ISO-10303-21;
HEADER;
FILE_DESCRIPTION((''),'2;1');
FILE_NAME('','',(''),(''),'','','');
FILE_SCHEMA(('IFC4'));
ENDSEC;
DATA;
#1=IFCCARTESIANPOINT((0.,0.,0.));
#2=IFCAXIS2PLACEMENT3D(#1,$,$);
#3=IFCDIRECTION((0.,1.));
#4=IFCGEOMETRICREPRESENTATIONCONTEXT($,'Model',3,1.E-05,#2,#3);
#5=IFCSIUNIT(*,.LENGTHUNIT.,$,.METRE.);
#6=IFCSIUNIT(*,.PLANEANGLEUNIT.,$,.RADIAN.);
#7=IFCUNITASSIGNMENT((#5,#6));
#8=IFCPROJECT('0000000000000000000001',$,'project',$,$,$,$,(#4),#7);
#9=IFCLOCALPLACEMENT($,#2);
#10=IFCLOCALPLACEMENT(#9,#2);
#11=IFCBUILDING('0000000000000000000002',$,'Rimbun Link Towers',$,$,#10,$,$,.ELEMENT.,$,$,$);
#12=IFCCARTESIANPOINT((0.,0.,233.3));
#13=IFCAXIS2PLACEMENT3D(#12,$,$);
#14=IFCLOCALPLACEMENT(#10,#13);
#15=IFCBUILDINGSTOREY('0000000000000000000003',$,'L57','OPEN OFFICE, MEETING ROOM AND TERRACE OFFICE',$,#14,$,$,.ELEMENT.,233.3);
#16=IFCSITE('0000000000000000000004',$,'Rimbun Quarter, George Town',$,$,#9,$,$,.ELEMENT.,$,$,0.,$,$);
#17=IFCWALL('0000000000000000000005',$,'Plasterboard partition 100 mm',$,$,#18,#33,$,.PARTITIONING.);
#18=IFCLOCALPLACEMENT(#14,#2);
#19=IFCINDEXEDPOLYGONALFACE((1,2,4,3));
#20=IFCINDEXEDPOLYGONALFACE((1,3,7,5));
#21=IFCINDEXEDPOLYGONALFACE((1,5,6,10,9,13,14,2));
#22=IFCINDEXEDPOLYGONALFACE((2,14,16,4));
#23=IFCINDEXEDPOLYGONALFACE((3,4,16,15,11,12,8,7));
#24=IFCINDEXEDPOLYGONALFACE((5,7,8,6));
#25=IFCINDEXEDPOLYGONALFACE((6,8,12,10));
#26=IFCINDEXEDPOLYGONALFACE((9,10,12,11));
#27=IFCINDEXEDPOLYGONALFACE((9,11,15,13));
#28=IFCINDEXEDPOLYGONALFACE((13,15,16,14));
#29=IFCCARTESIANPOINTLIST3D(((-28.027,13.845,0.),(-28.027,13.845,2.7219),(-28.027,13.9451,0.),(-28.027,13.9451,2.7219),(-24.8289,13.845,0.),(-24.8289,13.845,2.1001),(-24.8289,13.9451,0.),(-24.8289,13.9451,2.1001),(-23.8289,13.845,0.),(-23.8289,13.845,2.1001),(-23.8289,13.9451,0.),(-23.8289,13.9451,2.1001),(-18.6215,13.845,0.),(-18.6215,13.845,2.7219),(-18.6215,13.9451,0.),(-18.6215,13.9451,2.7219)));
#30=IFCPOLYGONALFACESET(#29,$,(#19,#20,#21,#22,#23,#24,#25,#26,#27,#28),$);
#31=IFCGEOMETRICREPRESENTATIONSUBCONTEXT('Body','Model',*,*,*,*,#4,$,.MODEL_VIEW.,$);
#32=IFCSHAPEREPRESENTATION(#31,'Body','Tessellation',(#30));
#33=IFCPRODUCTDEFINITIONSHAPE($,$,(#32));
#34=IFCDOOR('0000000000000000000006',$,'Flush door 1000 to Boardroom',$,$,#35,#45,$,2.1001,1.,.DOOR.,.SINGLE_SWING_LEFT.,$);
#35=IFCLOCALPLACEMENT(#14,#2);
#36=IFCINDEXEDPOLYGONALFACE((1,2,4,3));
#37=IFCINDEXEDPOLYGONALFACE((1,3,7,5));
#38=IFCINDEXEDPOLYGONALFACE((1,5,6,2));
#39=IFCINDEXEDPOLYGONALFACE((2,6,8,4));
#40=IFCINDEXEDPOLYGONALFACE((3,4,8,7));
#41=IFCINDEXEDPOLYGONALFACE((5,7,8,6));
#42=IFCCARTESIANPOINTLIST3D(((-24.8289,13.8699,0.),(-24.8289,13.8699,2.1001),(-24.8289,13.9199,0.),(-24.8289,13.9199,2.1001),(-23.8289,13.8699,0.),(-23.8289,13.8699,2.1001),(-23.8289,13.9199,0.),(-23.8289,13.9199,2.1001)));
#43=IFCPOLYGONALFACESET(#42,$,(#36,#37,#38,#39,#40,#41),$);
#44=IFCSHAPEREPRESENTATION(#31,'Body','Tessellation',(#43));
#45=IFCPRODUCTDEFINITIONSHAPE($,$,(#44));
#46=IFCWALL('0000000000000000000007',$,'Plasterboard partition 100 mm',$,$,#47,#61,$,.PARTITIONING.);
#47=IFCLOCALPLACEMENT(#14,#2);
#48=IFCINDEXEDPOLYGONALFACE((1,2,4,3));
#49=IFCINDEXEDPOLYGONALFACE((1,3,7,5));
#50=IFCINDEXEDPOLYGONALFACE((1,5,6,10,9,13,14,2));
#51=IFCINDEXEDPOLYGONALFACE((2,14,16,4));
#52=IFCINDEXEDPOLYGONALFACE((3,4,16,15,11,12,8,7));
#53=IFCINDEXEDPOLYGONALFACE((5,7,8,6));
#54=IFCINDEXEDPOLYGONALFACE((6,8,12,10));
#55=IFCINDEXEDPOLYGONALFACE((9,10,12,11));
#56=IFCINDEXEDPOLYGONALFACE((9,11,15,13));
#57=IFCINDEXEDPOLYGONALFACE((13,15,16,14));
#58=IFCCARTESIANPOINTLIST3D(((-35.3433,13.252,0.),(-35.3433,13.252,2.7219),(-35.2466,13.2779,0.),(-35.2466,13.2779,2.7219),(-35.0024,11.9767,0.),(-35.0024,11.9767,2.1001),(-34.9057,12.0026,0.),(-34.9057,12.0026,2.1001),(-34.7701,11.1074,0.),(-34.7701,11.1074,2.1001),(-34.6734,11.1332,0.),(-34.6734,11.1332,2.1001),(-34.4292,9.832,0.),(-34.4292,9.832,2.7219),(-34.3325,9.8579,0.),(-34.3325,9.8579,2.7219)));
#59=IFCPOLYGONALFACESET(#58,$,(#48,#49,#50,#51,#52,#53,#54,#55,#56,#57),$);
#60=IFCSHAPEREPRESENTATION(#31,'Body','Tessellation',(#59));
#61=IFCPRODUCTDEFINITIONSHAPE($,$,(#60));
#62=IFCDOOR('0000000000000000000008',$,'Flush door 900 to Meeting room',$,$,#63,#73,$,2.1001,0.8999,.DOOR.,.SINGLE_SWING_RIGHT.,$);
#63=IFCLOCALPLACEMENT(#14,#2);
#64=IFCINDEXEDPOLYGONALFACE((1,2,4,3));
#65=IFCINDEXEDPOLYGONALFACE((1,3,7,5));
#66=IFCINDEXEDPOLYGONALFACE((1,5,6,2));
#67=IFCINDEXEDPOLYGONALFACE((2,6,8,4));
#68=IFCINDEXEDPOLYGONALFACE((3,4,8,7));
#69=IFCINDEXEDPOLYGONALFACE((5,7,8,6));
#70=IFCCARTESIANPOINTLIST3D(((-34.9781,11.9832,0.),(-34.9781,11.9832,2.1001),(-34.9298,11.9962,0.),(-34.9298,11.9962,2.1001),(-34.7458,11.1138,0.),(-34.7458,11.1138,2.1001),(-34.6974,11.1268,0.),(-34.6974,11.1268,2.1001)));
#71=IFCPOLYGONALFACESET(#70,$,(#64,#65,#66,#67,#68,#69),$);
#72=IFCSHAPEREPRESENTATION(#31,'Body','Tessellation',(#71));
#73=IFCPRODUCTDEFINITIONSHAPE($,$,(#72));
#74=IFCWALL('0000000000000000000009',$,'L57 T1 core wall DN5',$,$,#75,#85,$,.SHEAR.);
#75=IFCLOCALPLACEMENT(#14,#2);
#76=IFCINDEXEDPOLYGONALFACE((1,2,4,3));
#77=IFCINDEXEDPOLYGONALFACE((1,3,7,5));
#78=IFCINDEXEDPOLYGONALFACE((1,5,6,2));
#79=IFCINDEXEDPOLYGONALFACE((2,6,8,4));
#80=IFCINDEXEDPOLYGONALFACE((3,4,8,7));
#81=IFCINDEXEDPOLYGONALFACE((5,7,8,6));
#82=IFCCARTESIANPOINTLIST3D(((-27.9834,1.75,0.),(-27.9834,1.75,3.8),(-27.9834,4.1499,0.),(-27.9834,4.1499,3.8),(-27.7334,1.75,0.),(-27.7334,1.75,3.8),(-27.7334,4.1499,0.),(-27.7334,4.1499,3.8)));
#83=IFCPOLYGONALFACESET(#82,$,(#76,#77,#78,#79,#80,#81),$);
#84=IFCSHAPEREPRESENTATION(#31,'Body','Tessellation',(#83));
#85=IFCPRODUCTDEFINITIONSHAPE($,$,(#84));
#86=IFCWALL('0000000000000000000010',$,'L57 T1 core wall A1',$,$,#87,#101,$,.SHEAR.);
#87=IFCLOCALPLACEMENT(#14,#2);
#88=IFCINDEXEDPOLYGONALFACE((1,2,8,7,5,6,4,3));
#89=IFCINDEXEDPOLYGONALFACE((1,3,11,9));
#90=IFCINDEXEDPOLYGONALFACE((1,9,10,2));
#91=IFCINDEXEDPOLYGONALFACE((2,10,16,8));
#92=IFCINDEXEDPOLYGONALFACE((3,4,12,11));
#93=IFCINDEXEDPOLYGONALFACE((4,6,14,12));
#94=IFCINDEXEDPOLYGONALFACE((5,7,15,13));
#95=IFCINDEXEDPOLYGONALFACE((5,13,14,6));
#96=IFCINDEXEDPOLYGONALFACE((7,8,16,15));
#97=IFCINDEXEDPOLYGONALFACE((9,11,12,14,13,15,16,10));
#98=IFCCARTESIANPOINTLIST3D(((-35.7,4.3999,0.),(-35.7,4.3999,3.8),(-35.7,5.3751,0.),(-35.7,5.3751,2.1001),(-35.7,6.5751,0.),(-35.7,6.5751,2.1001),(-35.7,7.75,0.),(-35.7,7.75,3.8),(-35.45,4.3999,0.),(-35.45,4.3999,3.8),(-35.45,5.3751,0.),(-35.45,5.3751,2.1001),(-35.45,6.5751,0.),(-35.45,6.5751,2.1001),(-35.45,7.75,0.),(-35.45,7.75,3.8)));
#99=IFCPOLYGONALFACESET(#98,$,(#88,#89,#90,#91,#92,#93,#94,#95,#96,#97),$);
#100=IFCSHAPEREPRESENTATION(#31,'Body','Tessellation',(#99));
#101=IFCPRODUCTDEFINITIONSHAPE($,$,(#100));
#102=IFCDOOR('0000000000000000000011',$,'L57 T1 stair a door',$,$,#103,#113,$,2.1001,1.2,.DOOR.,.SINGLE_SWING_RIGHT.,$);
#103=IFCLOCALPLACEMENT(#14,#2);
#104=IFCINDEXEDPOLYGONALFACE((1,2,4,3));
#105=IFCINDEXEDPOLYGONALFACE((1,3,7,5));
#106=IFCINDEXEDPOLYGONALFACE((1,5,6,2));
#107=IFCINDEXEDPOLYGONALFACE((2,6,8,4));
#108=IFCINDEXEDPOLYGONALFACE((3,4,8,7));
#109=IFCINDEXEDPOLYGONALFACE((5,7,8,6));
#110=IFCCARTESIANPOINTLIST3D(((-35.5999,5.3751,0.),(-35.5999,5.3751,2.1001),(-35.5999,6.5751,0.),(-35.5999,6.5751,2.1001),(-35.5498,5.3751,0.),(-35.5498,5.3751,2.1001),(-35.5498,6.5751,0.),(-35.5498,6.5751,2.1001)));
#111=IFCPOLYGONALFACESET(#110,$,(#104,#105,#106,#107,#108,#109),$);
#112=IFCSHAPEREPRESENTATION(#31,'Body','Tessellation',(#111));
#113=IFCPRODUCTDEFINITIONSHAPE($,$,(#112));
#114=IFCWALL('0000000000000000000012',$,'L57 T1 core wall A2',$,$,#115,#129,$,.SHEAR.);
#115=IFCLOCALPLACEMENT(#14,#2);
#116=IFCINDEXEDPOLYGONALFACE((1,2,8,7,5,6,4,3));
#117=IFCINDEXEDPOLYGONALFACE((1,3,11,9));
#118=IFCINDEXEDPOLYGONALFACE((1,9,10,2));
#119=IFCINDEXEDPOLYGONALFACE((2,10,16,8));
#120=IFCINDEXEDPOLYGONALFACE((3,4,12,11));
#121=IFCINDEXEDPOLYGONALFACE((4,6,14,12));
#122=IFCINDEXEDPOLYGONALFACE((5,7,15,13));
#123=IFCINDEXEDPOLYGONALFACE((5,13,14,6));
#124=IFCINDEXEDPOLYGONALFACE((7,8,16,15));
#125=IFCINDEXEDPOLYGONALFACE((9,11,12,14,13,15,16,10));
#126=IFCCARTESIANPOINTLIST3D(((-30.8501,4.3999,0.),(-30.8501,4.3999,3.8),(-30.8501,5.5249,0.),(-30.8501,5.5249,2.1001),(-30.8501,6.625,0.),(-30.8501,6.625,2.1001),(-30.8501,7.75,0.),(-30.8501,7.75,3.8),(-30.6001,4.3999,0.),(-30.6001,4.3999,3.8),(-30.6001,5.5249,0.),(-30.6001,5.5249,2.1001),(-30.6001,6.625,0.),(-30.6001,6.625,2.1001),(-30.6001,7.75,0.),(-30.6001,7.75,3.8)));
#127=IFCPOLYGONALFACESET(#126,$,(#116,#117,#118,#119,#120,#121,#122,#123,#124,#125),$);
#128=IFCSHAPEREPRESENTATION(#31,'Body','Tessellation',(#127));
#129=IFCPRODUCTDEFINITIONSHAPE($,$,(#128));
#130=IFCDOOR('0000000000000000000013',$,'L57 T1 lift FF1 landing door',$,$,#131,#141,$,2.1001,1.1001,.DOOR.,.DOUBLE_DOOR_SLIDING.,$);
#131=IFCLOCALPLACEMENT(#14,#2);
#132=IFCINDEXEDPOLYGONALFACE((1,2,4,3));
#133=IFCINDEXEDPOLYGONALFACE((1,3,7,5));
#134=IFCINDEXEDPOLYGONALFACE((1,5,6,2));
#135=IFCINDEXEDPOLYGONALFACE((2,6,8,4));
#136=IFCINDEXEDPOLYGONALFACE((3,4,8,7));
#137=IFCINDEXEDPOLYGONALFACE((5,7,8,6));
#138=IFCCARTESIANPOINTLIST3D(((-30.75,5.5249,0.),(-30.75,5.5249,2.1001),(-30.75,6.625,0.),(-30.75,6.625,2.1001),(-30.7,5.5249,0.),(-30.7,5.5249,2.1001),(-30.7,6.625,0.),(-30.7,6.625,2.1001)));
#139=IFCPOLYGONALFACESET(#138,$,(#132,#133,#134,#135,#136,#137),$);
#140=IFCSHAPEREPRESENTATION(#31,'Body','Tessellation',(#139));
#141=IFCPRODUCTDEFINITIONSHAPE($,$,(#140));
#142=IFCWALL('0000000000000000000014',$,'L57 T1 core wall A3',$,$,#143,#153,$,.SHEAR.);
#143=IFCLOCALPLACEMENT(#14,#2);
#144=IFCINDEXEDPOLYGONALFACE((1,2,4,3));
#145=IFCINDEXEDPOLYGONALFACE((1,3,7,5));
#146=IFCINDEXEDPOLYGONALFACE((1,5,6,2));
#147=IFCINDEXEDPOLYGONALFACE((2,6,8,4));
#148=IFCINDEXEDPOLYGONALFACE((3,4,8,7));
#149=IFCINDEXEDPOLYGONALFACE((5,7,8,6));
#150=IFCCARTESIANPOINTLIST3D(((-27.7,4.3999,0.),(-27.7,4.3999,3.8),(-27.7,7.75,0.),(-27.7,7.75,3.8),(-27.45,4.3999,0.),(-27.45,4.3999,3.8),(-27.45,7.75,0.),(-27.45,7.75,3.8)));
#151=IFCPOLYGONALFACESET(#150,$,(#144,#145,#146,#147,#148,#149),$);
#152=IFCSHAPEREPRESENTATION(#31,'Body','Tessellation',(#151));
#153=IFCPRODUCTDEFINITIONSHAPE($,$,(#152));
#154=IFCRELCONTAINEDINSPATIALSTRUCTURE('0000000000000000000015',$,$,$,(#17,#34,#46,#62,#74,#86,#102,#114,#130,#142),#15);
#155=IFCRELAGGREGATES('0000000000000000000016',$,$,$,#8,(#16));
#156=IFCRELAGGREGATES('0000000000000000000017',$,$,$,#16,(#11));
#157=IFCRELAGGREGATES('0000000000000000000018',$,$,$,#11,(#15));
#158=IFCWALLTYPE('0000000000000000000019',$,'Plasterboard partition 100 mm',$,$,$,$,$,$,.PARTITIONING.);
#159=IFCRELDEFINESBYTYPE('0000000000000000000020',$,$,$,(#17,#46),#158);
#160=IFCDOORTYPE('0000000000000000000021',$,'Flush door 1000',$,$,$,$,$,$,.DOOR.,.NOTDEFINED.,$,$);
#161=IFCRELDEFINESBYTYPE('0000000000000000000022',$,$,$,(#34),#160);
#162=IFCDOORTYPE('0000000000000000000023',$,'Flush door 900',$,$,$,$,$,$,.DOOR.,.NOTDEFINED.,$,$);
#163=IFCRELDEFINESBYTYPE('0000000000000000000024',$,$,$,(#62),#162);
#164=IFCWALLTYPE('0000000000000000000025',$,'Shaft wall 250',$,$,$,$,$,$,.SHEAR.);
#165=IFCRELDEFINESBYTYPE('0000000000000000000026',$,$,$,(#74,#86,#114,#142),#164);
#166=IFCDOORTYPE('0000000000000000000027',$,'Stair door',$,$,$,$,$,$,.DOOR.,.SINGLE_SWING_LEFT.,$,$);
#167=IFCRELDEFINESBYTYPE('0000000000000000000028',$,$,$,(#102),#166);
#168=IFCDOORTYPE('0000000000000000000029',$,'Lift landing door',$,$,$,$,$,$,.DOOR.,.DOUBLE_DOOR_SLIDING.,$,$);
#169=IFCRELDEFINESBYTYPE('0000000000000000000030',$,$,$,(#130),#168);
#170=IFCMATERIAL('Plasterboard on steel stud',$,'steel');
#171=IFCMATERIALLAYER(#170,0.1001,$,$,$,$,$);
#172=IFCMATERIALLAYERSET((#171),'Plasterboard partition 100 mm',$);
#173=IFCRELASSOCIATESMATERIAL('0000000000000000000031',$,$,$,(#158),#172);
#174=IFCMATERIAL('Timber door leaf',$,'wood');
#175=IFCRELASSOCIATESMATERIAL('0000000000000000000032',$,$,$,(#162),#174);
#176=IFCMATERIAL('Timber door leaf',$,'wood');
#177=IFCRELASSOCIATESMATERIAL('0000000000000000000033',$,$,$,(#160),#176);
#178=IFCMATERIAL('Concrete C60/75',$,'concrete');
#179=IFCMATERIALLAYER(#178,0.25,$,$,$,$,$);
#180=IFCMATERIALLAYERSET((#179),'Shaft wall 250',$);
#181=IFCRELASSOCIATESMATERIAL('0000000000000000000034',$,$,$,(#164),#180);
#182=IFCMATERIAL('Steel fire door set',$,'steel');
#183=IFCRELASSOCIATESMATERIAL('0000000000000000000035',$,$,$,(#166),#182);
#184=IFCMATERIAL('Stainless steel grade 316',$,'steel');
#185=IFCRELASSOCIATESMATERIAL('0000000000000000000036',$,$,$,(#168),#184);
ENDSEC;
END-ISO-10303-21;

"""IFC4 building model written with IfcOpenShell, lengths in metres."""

from ifc_helpers import new_model, si_unit, direction, frame, frame_2d, origin, place, context, subcontext, project, spatial, rectangle, extrude, material, layer, layer_set, type_object, element, fill, save


model = new_model("IFC4")

# Units and contexts
model_context = context("Model", 3, precision=1e-05, world=origin(), true_north=direction((0.0, 1.0)))
body_context = subcontext(model_context, "Body", "Model", "MODEL_VIEW")
ifc_project = project(units=[si_unit("LENGTHUNIT", "METRE"), si_unit("PLANEANGLEUNIT", "RADIAN")], contexts=[model_context])

# Site, building, storey
site_placement = place(None, origin())
site = spatial("IfcSite", under=ifc_project, at=site_placement, Name="Rimbun Quarter, George Town", CompositionType="ELEMENT", RefElevation=0.0)
building_placement = place(site_placement, origin())
building = spatial("IfcBuilding", under=site, at=building_placement, Name="Rimbun Link Towers", CompositionType="ELEMENT")
storey_placement = place(building_placement, frame((0.0, 0.0, 233.3)))
storey = spatial("IfcBuildingStorey", under=building, at=storey_placement, Name="L57", Description="OPEN OFFICE, MEETING ROOM AND TERRACE OFFICE", CompositionType="ELEMENT", Elevation=233.3)

# Walls, openings, doors
ifc_material_1 = material(Name="Plasterboard on steel stud", Category="steel")
ifc_layer_1 = layer(ifc_material_1, 0.1001)
ifc_layer_set_1 = layer_set([ifc_layer_1], Name="Plasterboard partition 100 mm")
wall_type_1 = type_object("IfcWallType", Name="Plasterboard partition 100 mm", PredefinedType="PARTITIONING", material=ifc_layer_set_1)
ifc_material_2 = material(Name="Timber door leaf", Category="wood")
door_type_1 = type_object("IfcDoorType", Name="Flush door 900", OperationType="NOTDEFINED", PredefinedType="DOOR", material=ifc_material_2)
wall_1_placement = place(storey_placement, frame((-28.0269, 13.895, 0.0), z_axis=(0.0, 0.0, 1.0), x_axis=(1.0, 0.0, 0.0)))
wall_1 = element("IfcWall", 1, at=wall_1_placement, inside=storey, type_object=wall_type_1, Name="Plasterboard partition 100 mm", PredefinedType="PARTITIONING", context=body_context, shape_type="SweptSolid", body=[
    extrude(rectangle(XDim=9.4055, YDim=0.1001, at=frame_2d((4.7026, 0.0))), origin(), (0.0, 0.0, 1.0), 2.7219),
])
opening_1_placement = place(wall_1_placement, frame((3.198, 0.0, 0.0)))
opening_1 = element("IfcOpeningElement", 2, at=opening_1_placement, cuts=wall_1, PredefinedType="OPENING", context=body_context, shape_type="SweptSolid", body=[
    extrude(rectangle(XDim=1.0, YDim=2.1001, at=frame_2d((0.5, 1.05))), frame((0.0, 0.0601, 0.0), z_axis=(0.0, -1.0, 0.0), x_axis=(1.0, 0.0, 0.0)), (0.0, 0.0, 1.0), 0.1201),
])
ifc_material_3 = material(Name="Timber door leaf", Category="wood")
door_type_2 = type_object("IfcDoorType", Name="Flush door 1000", OperationType="NOTDEFINED", PredefinedType="DOOR", material=ifc_material_3)
door_1_placement = place(opening_1_placement, origin())
door_1 = element("IfcDoor", 3, at=door_1_placement, inside=storey, type_object=door_type_2, Name="Flush door 1000 to Boardroom", OperationType="SINGLE_SWING_LEFT", OverallHeight=2.1001, OverallWidth=1.0, PredefinedType="DOOR", context=body_context, shape_type="SweptSolid", body=[
    extrude(rectangle(XDim=1.0, YDim=2.1001, at=frame_2d((0.5, 1.05))), frame((0.0, 0.0249, 0.0), z_axis=(0.0, -1.0, 0.0), x_axis=(1.0, 0.0, 0.0)), (0.0, 0.0, 1.0), 0.05),
])
fill(opening_1, door_1)
wall_2_placement = place(storey_placement, frame((-34.3809, 9.845, 0.0), z_axis=(0.0, 0.0, 1.0), x_axis=(-0.258212, 0.966088, 0.0)))
wall_2 = element("IfcWall", 4, at=wall_2_placement, inside=storey, type_object=wall_type_1, Name="Plasterboard partition 100 mm", PredefinedType="PARTITIONING", context=body_context, shape_type="SweptSolid", body=[
    extrude(rectangle(XDim=3.54, YDim=0.1001, at=frame_2d((1.77, 0.0))), origin(), (0.0, 0.0, 1.0), 2.7219),
])
opening_2_placement = place(wall_2_placement, frame((1.3201, 0.0, 0.0)))
opening_2 = element("IfcOpeningElement", 5, at=opening_2_placement, cuts=wall_2, PredefinedType="OPENING", context=body_context, shape_type="SweptSolid", body=[
    extrude(rectangle(XDim=0.8999, YDim=2.1001, at=frame_2d((0.45, 1.05))), frame((0.0, 0.0601, 0.0), z_axis=(0.0, -1.0, 0.0), x_axis=(1.0, 0.0, 0.0)), (0.0, 0.0, 1.0), 0.1201),
])
door_2_placement = place(opening_2_placement, origin())
door_2 = element("IfcDoor", 6, at=door_2_placement, inside=storey, type_object=door_type_1, Name="Flush door 900 to Meeting room", OperationType="SINGLE_SWING_RIGHT", OverallHeight=2.1001, OverallWidth=0.8999, PredefinedType="DOOR", context=body_context, shape_type="SweptSolid", body=[
    extrude(rectangle(XDim=0.8999, YDim=2.1001, at=frame_2d((0.45, 1.05))), frame((0.0, 0.0249, 0.0), z_axis=(0.0, -1.0, 0.0), x_axis=(1.0, 0.0, 0.0)), (0.0, 0.0, 1.0), 0.05),
])
fill(opening_2, door_2)

# Wall
ifc_material_4 = material(Name="Concrete C60/75", Category="concrete")
ifc_layer_2 = layer(ifc_material_4, 0.25)
ifc_layer_set_2 = layer_set([ifc_layer_2], Name="Shaft wall 250")
wall_type_2 = type_object("IfcWallType", Name="Shaft wall 250", PredefinedType="SHEAR", material=ifc_layer_set_2)
wall_3_placement = place(storey_placement, frame((-27.8584, 1.75, 0.0), z_axis=(0.0, 0.0, 1.0), x_axis=(0.0, 1.0, 0.0)))
element("IfcWall", 7, at=wall_3_placement, inside=storey, type_object=wall_type_2, Name="L57 T1 core wall DN5", PredefinedType="SHEAR", context=body_context, shape_type="SweptSolid", body=[
    extrude(rectangle(XDim=2.3999, YDim=0.25, at=frame_2d((1.2, 0.0))), origin(), (0.0, 0.0, 1.0), 3.8),
])

# Walls, openings, doors
wall_4_placement = place(storey_placement, frame((-35.575, 4.3999, 0.0), z_axis=(0.0, 0.0, 1.0), x_axis=(0.0, 1.0, 0.0)))
wall_4 = element("IfcWall", 8, at=wall_4_placement, inside=storey, type_object=wall_type_2, Name="L57 T1 core wall A1", PredefinedType="SHEAR", context=body_context, shape_type="SweptSolid", body=[
    extrude(rectangle(XDim=3.3501, YDim=0.25, at=frame_2d((1.675, 0.0))), origin(), (0.0, 0.0, 1.0), 3.8),
])
opening_3_placement = place(wall_4_placement, frame((0.9751, 0.0, 0.0)))
opening_3 = element("IfcOpeningElement", 9, at=opening_3_placement, cuts=wall_4, PredefinedType="OPENING", context=body_context, shape_type="SweptSolid", body=[
    extrude(rectangle(XDim=1.2, YDim=2.1001, at=frame_2d((0.6001, 1.05))), frame((0.0, 0.135, 0.0), z_axis=(0.0, -1.0, 0.0), x_axis=(1.0, 0.0, 0.0)), (0.0, 0.0, 1.0), 0.27),
])
ifc_material_5 = material(Name="Steel fire door set", Category="steel")
door_type_3 = type_object("IfcDoorType", Name="Stair door", OperationType="SINGLE_SWING_LEFT", PredefinedType="DOOR", material=ifc_material_5)
door_3_placement = place(opening_3_placement, origin())
door_3 = element("IfcDoor", 10, at=door_3_placement, inside=storey, type_object=door_type_3, Name="L57 T1 stair a door", OperationType="SINGLE_SWING_RIGHT", OverallHeight=2.1001, OverallWidth=1.2, PredefinedType="DOOR", context=body_context, shape_type="SweptSolid", body=[
    extrude(rectangle(XDim=1.2, YDim=2.1001, at=frame_2d((0.6001, 1.05))), frame((0.0, 0.0249, 0.0), z_axis=(0.0, -1.0, 0.0), x_axis=(1.0, 0.0, 0.0)), (0.0, 0.0, 1.0), 0.05),
])
fill(opening_3, door_3)
wall_5_placement = place(storey_placement, frame((-30.7251, 4.3999, 0.0), z_axis=(0.0, 0.0, 1.0), x_axis=(0.0, 1.0, 0.0)))
wall_5 = element("IfcWall", 11, at=wall_5_placement, inside=storey, type_object=wall_type_2, Name="L57 T1 core wall A2", PredefinedType="SHEAR", context=body_context, shape_type="SweptSolid", body=[
    extrude(rectangle(XDim=3.3501, YDim=0.25, at=frame_2d((1.675, 0.0))), origin(), (0.0, 0.0, 1.0), 3.8),
])
opening_4_placement = place(wall_5_placement, frame((1.125, 0.0, 0.0)))
opening_4 = element("IfcOpeningElement", 12, at=opening_4_placement, cuts=wall_5, PredefinedType="OPENING", context=body_context, shape_type="SweptSolid", body=[
    extrude(rectangle(XDim=1.1001, YDim=2.1001, at=frame_2d((0.55, 1.05))), frame((0.0, 0.135, 0.0), z_axis=(0.0, -1.0, 0.0), x_axis=(1.0, 0.0, 0.0)), (0.0, 0.0, 1.0), 0.27),
])
ifc_material_6 = material(Name="Stainless steel grade 316", Category="steel")
door_type_4 = type_object("IfcDoorType", Name="Lift landing door", OperationType="DOUBLE_DOOR_SLIDING", PredefinedType="DOOR", material=ifc_material_6)
door_4_placement = place(opening_4_placement, origin())
door_4 = element("IfcDoor", 13, at=door_4_placement, inside=storey, type_object=door_type_4, Name="L57 T1 lift FF1 landing door", OperationType="DOUBLE_DOOR_SLIDING", OverallHeight=2.1001, OverallWidth=1.1001, PredefinedType="DOOR", context=body_context, shape_type="SweptSolid", body=[
    extrude(rectangle(XDim=1.1001, YDim=2.1001, at=frame_2d((0.55, 1.05))), frame((0.0, 0.0249, 0.0), z_axis=(0.0, -1.0, 0.0), x_axis=(1.0, 0.0, 0.0)), (0.0, 0.0, 1.0), 0.05),
])
fill(opening_4, door_4)

# Wall
wall_6_placement = place(storey_placement, frame((-27.575, 4.3999, 0.0), z_axis=(0.0, 0.0, 1.0), x_axis=(0.0, 1.0, 0.0)))
element("IfcWall", 14, at=wall_6_placement, inside=storey, type_object=wall_type_2, Name="L57 T1 core wall A3", PredefinedType="SHEAR", context=body_context, shape_type="SweptSolid", body=[
    extrude(rectangle(XDim=3.3501, YDim=0.25, at=frame_2d((1.675, 0.0))), origin(), (0.0, 0.0, 1.0), 3.8),
])

save(model, "model.ifc")
